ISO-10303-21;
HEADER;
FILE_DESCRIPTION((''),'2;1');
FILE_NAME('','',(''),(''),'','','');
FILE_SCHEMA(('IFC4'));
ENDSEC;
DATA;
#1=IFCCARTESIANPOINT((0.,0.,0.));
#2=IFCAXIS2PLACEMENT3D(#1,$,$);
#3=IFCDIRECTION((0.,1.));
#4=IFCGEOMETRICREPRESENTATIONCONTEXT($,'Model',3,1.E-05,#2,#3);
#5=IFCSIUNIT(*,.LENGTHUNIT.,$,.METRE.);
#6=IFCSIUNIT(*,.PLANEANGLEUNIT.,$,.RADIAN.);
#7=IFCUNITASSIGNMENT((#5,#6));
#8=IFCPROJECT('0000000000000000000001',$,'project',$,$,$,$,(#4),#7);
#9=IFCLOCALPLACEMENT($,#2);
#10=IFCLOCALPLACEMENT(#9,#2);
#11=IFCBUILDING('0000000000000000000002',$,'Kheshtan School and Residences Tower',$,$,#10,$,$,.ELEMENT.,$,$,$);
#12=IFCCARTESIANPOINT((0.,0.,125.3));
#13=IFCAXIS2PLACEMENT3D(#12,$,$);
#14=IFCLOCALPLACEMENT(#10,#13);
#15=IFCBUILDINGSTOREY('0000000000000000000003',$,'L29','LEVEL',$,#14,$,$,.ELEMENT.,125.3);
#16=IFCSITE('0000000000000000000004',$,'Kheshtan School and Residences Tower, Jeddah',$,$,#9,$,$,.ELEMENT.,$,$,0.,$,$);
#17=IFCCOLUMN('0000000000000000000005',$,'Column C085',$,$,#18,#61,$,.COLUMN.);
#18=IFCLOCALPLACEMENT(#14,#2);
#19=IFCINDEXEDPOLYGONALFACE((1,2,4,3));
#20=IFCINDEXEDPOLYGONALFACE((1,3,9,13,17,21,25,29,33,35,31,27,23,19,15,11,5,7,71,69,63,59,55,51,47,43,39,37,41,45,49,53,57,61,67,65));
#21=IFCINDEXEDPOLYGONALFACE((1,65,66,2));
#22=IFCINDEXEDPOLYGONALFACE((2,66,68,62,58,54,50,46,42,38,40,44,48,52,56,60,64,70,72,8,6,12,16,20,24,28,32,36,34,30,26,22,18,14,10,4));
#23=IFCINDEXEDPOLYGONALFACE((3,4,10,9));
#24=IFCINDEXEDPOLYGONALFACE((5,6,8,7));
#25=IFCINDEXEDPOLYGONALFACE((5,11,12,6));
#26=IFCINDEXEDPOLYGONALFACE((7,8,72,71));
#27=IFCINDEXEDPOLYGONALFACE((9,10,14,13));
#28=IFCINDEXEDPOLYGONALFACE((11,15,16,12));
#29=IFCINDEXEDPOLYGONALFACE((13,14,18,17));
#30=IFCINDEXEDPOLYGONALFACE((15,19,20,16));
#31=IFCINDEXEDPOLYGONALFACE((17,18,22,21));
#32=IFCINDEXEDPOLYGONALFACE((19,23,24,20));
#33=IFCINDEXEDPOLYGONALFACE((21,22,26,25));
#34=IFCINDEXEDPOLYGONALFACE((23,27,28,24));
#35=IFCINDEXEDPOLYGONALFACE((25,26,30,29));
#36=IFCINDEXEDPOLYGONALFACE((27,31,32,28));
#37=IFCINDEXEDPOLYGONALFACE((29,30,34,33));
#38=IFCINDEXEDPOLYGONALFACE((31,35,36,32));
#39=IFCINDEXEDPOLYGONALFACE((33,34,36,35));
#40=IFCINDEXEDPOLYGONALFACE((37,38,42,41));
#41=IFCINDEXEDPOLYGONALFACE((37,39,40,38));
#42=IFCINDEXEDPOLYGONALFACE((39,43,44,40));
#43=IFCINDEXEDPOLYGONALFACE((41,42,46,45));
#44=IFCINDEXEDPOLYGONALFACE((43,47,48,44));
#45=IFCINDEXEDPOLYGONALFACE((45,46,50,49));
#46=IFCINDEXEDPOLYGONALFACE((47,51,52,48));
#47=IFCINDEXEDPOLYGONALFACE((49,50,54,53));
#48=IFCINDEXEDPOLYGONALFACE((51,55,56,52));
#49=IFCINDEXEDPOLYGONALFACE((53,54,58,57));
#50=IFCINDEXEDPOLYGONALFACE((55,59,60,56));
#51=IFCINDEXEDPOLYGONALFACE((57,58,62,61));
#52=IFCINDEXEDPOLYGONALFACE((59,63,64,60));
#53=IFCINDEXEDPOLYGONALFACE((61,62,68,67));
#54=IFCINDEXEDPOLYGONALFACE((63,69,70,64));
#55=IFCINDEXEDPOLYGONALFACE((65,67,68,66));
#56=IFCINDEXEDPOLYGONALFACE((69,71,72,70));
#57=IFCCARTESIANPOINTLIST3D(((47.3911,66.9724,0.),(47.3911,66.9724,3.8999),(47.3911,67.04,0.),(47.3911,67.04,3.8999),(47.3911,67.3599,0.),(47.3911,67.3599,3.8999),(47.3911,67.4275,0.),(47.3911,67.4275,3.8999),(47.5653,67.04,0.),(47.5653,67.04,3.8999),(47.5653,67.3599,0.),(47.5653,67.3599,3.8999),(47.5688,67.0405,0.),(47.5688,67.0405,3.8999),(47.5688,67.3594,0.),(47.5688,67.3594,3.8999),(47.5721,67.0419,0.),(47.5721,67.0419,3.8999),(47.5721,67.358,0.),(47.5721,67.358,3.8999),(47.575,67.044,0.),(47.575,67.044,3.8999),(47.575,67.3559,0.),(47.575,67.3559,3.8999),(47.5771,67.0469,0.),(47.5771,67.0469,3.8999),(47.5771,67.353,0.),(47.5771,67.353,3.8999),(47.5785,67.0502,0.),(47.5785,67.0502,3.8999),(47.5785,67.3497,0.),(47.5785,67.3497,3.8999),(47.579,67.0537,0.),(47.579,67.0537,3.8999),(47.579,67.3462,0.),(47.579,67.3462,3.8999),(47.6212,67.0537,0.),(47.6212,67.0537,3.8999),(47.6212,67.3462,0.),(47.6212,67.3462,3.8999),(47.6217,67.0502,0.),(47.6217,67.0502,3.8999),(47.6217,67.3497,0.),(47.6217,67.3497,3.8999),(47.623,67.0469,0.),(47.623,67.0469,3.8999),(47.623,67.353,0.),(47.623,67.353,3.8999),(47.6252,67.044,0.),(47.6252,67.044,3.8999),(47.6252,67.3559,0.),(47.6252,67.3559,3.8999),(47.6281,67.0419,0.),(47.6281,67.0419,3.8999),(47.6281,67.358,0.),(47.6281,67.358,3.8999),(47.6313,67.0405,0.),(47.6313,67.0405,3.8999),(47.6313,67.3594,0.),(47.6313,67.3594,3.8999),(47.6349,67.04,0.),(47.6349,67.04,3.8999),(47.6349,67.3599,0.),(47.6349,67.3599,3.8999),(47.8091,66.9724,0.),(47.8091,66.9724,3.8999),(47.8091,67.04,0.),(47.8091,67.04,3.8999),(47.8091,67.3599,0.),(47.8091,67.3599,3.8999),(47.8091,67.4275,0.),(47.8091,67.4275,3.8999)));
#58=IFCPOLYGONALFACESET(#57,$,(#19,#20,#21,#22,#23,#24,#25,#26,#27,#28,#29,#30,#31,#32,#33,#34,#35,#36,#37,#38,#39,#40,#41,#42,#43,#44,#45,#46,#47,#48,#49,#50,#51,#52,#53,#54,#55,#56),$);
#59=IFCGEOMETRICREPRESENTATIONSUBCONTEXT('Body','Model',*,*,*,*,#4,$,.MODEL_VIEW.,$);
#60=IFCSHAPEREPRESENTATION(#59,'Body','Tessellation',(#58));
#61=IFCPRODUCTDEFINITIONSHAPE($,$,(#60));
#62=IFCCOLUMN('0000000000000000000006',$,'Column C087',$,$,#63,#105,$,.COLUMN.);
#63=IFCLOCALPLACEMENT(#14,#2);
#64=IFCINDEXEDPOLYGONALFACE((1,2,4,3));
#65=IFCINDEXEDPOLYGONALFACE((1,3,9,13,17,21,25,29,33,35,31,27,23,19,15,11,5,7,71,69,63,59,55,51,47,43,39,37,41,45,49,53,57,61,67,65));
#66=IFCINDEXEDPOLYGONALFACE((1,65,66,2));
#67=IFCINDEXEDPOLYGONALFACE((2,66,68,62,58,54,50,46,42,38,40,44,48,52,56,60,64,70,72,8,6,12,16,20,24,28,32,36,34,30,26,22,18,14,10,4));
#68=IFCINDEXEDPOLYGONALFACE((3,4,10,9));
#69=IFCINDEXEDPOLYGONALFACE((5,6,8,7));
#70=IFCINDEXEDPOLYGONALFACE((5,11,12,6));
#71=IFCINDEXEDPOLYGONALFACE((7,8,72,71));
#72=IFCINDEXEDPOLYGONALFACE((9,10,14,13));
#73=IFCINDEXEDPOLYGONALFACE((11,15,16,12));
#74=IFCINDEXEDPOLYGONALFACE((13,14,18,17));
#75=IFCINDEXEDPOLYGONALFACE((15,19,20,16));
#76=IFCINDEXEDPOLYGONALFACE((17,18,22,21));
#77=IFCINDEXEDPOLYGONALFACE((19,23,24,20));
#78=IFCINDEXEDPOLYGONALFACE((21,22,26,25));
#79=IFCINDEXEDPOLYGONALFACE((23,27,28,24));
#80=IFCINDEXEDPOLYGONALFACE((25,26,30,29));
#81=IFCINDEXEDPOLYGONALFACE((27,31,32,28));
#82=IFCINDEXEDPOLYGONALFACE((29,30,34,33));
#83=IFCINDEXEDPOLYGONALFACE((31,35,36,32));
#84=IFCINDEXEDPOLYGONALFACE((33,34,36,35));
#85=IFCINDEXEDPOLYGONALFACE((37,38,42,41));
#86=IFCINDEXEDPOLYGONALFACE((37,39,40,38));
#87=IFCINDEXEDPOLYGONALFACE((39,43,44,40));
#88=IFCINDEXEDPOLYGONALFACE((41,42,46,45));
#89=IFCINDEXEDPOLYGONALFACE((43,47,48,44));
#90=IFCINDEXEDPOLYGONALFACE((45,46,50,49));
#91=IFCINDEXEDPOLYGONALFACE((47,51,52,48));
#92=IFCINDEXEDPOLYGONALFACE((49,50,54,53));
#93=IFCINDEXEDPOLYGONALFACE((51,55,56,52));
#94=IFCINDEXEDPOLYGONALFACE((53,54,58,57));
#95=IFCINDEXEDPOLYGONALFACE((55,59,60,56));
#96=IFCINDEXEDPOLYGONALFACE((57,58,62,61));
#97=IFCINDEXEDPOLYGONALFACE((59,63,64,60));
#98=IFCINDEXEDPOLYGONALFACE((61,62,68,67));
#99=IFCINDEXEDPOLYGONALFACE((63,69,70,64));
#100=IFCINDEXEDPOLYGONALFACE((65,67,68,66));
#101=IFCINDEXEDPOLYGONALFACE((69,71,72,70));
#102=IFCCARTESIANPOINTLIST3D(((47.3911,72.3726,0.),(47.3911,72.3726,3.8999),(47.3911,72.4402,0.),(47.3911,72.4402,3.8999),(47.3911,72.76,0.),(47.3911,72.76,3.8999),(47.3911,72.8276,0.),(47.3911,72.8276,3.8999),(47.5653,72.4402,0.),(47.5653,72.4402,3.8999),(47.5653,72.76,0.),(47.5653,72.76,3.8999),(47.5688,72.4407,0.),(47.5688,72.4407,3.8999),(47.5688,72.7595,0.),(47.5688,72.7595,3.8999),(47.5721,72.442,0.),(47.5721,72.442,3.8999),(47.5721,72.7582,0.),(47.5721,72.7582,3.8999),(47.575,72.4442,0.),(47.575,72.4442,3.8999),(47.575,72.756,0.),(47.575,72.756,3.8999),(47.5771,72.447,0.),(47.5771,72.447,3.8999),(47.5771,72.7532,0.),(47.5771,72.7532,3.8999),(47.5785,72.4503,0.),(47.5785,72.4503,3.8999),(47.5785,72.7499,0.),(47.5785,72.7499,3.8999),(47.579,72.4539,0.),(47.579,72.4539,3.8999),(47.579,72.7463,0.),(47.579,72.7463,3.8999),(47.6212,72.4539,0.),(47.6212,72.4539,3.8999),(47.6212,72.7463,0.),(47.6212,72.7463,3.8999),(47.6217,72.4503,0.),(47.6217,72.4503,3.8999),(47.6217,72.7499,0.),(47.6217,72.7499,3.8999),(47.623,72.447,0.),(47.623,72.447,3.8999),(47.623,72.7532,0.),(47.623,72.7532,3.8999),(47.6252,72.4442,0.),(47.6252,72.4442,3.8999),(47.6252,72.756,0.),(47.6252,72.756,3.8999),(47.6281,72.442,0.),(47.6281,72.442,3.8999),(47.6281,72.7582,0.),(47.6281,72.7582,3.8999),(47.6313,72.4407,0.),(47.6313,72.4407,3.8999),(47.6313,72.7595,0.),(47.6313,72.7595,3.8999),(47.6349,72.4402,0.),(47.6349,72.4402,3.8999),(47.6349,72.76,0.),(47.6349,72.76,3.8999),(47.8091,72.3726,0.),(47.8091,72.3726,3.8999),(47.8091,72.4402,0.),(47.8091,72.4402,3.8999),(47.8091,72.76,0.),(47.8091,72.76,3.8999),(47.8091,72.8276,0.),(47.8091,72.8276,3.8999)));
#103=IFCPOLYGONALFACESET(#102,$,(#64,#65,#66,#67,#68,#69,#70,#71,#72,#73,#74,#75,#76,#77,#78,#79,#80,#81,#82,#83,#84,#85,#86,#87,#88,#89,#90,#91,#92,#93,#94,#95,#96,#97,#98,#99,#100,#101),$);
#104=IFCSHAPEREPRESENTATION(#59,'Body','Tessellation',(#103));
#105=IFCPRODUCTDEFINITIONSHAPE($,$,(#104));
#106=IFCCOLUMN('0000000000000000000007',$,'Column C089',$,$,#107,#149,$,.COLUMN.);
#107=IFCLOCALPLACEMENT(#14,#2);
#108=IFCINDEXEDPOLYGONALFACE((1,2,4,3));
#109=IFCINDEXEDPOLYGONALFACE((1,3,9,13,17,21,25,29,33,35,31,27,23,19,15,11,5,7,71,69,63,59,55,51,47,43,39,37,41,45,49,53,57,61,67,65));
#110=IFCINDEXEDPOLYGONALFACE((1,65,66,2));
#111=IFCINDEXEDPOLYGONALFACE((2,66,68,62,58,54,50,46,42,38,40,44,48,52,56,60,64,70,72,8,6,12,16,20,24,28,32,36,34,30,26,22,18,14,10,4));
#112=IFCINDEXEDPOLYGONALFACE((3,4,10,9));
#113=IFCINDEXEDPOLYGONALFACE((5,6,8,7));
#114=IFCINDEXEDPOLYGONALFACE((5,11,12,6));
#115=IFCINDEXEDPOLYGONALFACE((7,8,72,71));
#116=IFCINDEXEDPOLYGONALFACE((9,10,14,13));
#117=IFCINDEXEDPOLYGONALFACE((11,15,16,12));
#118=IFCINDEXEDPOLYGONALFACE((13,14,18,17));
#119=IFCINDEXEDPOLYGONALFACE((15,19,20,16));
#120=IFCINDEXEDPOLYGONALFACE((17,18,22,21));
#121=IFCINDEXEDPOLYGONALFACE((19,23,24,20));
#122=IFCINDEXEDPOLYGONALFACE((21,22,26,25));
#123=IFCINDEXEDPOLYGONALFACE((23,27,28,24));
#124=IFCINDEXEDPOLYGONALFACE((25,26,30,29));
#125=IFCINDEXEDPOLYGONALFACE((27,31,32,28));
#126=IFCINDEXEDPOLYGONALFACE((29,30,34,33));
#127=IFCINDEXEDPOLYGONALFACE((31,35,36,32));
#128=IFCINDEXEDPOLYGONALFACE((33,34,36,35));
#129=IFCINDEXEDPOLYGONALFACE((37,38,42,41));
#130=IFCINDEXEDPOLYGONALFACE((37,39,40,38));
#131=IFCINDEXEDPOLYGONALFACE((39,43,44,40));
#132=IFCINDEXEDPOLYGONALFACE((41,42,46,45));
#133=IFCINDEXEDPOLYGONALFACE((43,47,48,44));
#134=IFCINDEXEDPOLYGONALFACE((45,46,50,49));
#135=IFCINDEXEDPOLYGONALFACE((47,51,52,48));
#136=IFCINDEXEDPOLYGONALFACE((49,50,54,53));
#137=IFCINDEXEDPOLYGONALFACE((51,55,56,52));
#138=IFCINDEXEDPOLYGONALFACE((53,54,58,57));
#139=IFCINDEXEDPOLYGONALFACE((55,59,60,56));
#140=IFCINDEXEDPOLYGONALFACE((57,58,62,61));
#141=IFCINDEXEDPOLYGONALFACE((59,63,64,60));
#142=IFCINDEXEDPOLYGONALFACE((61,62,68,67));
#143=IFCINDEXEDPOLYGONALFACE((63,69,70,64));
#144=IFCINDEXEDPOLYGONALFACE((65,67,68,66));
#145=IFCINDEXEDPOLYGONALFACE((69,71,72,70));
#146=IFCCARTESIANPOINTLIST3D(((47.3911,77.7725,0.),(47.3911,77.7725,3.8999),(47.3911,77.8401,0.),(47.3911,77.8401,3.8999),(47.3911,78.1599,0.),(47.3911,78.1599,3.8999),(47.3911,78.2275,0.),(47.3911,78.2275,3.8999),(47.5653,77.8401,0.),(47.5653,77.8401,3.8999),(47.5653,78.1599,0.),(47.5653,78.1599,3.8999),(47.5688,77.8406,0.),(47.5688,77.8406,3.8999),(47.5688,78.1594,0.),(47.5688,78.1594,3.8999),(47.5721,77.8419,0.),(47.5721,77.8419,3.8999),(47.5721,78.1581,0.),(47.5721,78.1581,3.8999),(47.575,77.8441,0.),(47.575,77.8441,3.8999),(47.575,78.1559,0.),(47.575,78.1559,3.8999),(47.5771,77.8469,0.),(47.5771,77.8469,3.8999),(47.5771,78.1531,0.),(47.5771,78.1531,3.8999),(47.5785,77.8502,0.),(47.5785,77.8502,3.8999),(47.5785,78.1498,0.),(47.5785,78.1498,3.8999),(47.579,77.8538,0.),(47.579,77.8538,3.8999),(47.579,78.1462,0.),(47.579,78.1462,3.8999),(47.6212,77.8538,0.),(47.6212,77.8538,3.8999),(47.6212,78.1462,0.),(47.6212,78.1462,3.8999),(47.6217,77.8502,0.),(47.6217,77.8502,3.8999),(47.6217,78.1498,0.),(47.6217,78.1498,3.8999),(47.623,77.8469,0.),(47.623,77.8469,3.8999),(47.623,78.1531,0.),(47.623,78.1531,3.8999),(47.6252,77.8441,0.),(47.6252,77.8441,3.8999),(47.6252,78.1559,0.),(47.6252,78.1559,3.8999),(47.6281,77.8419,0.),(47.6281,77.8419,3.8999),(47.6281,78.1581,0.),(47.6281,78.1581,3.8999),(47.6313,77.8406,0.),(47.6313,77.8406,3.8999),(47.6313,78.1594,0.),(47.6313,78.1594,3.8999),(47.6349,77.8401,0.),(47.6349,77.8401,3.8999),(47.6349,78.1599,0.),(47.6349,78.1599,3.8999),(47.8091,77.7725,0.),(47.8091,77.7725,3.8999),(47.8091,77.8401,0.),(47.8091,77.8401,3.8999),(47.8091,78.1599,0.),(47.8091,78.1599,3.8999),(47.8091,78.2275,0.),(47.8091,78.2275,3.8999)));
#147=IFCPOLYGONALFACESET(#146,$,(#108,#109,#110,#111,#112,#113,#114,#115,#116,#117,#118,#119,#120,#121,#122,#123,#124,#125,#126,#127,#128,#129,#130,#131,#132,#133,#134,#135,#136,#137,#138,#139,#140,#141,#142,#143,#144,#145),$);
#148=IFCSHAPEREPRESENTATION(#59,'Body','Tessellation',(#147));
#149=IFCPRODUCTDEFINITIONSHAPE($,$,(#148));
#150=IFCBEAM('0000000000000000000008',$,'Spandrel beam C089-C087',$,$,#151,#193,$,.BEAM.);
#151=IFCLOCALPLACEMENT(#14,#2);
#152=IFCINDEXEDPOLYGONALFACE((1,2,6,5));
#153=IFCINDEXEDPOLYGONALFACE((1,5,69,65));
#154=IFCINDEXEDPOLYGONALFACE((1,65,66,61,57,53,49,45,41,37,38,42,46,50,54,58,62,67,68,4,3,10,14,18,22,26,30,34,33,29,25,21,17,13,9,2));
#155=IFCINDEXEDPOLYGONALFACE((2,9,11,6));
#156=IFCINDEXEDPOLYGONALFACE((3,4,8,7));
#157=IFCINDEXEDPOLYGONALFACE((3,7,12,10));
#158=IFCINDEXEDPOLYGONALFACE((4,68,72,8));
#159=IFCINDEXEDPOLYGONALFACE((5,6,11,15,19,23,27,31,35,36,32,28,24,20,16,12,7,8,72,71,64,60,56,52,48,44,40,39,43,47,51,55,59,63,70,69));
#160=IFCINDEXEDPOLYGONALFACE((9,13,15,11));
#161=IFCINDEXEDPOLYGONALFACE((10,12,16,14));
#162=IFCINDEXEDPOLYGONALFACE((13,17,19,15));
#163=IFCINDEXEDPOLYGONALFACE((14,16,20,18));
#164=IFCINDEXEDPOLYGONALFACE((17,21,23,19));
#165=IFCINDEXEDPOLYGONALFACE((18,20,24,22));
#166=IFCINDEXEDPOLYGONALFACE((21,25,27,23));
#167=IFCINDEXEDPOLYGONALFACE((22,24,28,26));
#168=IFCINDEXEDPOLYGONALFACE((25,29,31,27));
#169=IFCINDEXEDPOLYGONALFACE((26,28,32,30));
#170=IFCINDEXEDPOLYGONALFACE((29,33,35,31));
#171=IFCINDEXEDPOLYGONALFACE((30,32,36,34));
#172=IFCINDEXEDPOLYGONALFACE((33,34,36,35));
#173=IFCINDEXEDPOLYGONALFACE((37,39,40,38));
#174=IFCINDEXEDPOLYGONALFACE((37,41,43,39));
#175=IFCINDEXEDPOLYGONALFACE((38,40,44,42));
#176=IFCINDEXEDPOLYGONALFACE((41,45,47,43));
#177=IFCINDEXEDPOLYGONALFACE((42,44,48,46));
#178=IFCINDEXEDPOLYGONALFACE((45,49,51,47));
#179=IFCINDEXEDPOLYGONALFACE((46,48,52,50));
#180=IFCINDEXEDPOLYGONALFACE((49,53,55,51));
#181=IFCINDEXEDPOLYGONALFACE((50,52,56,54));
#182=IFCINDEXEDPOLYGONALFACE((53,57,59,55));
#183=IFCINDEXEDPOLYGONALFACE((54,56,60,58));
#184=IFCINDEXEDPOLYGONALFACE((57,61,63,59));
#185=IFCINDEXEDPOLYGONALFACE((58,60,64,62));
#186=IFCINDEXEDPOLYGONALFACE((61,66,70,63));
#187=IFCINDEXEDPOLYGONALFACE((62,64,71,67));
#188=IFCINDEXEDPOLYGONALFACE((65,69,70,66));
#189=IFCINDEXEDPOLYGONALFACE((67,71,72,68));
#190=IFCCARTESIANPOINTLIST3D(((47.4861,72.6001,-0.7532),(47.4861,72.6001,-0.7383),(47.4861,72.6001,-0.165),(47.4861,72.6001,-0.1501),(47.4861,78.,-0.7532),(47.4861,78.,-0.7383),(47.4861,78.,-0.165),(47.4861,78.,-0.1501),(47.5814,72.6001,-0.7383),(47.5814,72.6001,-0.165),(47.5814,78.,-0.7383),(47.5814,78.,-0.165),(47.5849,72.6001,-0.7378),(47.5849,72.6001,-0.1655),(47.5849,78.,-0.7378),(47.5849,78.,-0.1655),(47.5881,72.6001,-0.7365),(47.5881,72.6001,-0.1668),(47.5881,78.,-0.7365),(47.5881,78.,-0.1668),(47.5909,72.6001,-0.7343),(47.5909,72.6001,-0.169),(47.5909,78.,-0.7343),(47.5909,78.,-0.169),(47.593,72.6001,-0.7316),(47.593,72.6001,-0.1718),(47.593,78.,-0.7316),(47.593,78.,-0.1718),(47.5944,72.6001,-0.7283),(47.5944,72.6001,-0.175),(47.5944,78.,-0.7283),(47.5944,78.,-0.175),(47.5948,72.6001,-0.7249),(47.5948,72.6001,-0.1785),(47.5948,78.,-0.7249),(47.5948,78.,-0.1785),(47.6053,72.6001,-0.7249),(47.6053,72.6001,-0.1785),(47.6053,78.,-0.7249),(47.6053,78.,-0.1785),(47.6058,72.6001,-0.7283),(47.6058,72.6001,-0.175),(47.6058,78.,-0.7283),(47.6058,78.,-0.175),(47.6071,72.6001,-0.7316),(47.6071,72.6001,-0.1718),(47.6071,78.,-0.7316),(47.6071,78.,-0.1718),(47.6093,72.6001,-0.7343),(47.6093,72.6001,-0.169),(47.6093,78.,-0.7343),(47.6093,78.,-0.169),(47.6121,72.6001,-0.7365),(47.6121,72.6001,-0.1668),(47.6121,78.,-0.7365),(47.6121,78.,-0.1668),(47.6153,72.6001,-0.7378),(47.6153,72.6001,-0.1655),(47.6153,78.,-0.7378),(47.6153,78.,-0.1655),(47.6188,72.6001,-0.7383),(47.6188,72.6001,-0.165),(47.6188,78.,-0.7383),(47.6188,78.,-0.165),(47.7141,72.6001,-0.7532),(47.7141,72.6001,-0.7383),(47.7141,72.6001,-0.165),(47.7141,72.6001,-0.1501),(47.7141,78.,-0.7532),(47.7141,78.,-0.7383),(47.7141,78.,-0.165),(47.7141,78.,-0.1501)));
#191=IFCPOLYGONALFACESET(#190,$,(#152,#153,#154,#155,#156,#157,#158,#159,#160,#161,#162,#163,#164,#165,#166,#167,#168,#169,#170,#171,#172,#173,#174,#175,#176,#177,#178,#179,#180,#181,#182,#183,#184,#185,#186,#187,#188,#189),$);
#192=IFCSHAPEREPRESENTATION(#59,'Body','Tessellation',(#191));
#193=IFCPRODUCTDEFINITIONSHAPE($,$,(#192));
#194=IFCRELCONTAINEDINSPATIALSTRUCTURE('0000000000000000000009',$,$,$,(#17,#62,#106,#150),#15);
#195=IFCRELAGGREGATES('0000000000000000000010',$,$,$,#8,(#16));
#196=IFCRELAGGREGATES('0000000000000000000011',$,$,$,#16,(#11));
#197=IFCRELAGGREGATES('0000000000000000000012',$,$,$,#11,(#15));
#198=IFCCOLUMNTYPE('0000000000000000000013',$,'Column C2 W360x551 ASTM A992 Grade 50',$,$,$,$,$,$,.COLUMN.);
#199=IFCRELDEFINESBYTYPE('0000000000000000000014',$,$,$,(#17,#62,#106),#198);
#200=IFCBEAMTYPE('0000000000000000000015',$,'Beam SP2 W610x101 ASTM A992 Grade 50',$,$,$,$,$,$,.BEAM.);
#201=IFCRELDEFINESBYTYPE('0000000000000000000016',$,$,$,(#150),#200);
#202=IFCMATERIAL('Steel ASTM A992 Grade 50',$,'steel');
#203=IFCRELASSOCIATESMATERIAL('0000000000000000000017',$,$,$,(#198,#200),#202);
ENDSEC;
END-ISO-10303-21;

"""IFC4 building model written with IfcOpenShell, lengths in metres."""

from ifc_helpers import new_model, si_unit, direction, frame, origin, origin_2d, place, context, subcontext, project, spatial, i_section, extrude, material, material_profile, profile_set, type_object, element, save


model = new_model("IFC4")

# Units and contexts
model_context = context("Model", 3, precision=1e-05, world=origin(), true_north=direction((0.0, 1.0)))
body_context = subcontext(model_context, "Body", "Model", "MODEL_VIEW")
ifc_project = project(units=[si_unit("LENGTHUNIT", "METRE"), si_unit("PLANEANGLEUNIT", "RADIAN")], contexts=[model_context])

# Site, building, storey
site_placement = place(None, origin())
site = spatial("IfcSite", under=ifc_project, at=site_placement, Name="Kheshtan School and Residences Tower, Jeddah", CompositionType="ELEMENT", RefElevation=0.0)
building_placement = place(site_placement, origin())
building = spatial("IfcBuilding", under=site, at=building_placement, Name="Kheshtan School and Residences Tower", CompositionType="ELEMENT")
storey_placement = place(building_placement, frame((0.0, 0.0, 125.3)))
storey = spatial("IfcBuildingStorey", under=building, at=storey_placement, Name="L29", Description="LEVEL", CompositionType="ELEMENT", Elevation=125.3)

# Columns
ifc_material_1 = material(Name="Steel ASTM A992 Grade 50", Category="steel")
ifc_material_profile_1 = material_profile(ifc_material_1, i_section(OverallWidth=0.418, OverallDepth=0.4551, WebThickness=0.0422, FlangeThickness=0.0676, FilletRadius=0.0137, at=origin_2d()), Name="W360x551")
ifc_profile_set_1 = profile_set([ifc_material_profile_1], Name="Steel ASTM A992 Grade 50")
column_type = type_object("IfcColumnType", Name="Column C2 W360x551 ASTM A992 Grade 50", PredefinedType="COLUMN", material=ifc_profile_set_1)
for number, where, z_axis, x_axis, name in (
    (1, (47.6001, 67.2, 0.0), (0.0, 0.0, 1.0), (1.0, 0.0, 0.0), "Column C085"),
    (2, (47.6001, 72.6001, 0.0), (0.0, 0.0, 1.0), (1.0, 0.0, 0.0), "Column C087"),
    (3, (47.6001, 78.0, 0.0), (0.0, 0.0, 1.0), (1.0, 0.0, 0.0), "Column C089"),
):
    element("IfcColumn", number, at=place(storey_placement, frame(where, z_axis=z_axis, x_axis=x_axis)), inside=storey, type_object=column_type, Name=name, PredefinedType="COLUMN", context=body_context, shape_type="SweptSolid", body=[
        extrude(i_section(OverallWidth=0.418, OverallDepth=0.4551, WebThickness=0.0422, FlangeThickness=0.0676, FilletRadius=0.0137, at=origin_2d()), origin(), (0.0, 0.0, 1.0), 3.8999),
    ])

# Beam
ifc_material_profile_2 = material_profile(ifc_material_1, i_section(OverallWidth=0.228, OverallDepth=0.603, WebThickness=0.0105, FlangeThickness=0.0149, FilletRadius=0.0134, at=origin_2d()), Name="W610x101")
ifc_profile_set_2 = profile_set([ifc_material_profile_2], Name="Steel ASTM A992 Grade 50")
beam_type = type_object("IfcBeamType", Name="Beam SP2 W610x101 ASTM A992 Grade 50", PredefinedType="BEAM", material=ifc_profile_set_2)
beam_1_placement = place(storey_placement, frame((47.6001, 78.0, -0.4517), z_axis=(0.0, -1.0, 0.0), x_axis=(1.0, 0.0, 0.0)))
element("IfcBeam", 4, at=beam_1_placement, inside=storey, type_object=beam_type, Name="Spandrel beam C089-C087", PredefinedType="BEAM", context=body_context, shape_type="SweptSolid", body=[
    extrude(i_section(OverallWidth=0.228, OverallDepth=0.603, WebThickness=0.0105, FlangeThickness=0.0149, FilletRadius=0.0134, at=origin_2d()), origin(), (0.0, 0.0, 1.0), 5.3999),
])

save(model, "model.ifc")
